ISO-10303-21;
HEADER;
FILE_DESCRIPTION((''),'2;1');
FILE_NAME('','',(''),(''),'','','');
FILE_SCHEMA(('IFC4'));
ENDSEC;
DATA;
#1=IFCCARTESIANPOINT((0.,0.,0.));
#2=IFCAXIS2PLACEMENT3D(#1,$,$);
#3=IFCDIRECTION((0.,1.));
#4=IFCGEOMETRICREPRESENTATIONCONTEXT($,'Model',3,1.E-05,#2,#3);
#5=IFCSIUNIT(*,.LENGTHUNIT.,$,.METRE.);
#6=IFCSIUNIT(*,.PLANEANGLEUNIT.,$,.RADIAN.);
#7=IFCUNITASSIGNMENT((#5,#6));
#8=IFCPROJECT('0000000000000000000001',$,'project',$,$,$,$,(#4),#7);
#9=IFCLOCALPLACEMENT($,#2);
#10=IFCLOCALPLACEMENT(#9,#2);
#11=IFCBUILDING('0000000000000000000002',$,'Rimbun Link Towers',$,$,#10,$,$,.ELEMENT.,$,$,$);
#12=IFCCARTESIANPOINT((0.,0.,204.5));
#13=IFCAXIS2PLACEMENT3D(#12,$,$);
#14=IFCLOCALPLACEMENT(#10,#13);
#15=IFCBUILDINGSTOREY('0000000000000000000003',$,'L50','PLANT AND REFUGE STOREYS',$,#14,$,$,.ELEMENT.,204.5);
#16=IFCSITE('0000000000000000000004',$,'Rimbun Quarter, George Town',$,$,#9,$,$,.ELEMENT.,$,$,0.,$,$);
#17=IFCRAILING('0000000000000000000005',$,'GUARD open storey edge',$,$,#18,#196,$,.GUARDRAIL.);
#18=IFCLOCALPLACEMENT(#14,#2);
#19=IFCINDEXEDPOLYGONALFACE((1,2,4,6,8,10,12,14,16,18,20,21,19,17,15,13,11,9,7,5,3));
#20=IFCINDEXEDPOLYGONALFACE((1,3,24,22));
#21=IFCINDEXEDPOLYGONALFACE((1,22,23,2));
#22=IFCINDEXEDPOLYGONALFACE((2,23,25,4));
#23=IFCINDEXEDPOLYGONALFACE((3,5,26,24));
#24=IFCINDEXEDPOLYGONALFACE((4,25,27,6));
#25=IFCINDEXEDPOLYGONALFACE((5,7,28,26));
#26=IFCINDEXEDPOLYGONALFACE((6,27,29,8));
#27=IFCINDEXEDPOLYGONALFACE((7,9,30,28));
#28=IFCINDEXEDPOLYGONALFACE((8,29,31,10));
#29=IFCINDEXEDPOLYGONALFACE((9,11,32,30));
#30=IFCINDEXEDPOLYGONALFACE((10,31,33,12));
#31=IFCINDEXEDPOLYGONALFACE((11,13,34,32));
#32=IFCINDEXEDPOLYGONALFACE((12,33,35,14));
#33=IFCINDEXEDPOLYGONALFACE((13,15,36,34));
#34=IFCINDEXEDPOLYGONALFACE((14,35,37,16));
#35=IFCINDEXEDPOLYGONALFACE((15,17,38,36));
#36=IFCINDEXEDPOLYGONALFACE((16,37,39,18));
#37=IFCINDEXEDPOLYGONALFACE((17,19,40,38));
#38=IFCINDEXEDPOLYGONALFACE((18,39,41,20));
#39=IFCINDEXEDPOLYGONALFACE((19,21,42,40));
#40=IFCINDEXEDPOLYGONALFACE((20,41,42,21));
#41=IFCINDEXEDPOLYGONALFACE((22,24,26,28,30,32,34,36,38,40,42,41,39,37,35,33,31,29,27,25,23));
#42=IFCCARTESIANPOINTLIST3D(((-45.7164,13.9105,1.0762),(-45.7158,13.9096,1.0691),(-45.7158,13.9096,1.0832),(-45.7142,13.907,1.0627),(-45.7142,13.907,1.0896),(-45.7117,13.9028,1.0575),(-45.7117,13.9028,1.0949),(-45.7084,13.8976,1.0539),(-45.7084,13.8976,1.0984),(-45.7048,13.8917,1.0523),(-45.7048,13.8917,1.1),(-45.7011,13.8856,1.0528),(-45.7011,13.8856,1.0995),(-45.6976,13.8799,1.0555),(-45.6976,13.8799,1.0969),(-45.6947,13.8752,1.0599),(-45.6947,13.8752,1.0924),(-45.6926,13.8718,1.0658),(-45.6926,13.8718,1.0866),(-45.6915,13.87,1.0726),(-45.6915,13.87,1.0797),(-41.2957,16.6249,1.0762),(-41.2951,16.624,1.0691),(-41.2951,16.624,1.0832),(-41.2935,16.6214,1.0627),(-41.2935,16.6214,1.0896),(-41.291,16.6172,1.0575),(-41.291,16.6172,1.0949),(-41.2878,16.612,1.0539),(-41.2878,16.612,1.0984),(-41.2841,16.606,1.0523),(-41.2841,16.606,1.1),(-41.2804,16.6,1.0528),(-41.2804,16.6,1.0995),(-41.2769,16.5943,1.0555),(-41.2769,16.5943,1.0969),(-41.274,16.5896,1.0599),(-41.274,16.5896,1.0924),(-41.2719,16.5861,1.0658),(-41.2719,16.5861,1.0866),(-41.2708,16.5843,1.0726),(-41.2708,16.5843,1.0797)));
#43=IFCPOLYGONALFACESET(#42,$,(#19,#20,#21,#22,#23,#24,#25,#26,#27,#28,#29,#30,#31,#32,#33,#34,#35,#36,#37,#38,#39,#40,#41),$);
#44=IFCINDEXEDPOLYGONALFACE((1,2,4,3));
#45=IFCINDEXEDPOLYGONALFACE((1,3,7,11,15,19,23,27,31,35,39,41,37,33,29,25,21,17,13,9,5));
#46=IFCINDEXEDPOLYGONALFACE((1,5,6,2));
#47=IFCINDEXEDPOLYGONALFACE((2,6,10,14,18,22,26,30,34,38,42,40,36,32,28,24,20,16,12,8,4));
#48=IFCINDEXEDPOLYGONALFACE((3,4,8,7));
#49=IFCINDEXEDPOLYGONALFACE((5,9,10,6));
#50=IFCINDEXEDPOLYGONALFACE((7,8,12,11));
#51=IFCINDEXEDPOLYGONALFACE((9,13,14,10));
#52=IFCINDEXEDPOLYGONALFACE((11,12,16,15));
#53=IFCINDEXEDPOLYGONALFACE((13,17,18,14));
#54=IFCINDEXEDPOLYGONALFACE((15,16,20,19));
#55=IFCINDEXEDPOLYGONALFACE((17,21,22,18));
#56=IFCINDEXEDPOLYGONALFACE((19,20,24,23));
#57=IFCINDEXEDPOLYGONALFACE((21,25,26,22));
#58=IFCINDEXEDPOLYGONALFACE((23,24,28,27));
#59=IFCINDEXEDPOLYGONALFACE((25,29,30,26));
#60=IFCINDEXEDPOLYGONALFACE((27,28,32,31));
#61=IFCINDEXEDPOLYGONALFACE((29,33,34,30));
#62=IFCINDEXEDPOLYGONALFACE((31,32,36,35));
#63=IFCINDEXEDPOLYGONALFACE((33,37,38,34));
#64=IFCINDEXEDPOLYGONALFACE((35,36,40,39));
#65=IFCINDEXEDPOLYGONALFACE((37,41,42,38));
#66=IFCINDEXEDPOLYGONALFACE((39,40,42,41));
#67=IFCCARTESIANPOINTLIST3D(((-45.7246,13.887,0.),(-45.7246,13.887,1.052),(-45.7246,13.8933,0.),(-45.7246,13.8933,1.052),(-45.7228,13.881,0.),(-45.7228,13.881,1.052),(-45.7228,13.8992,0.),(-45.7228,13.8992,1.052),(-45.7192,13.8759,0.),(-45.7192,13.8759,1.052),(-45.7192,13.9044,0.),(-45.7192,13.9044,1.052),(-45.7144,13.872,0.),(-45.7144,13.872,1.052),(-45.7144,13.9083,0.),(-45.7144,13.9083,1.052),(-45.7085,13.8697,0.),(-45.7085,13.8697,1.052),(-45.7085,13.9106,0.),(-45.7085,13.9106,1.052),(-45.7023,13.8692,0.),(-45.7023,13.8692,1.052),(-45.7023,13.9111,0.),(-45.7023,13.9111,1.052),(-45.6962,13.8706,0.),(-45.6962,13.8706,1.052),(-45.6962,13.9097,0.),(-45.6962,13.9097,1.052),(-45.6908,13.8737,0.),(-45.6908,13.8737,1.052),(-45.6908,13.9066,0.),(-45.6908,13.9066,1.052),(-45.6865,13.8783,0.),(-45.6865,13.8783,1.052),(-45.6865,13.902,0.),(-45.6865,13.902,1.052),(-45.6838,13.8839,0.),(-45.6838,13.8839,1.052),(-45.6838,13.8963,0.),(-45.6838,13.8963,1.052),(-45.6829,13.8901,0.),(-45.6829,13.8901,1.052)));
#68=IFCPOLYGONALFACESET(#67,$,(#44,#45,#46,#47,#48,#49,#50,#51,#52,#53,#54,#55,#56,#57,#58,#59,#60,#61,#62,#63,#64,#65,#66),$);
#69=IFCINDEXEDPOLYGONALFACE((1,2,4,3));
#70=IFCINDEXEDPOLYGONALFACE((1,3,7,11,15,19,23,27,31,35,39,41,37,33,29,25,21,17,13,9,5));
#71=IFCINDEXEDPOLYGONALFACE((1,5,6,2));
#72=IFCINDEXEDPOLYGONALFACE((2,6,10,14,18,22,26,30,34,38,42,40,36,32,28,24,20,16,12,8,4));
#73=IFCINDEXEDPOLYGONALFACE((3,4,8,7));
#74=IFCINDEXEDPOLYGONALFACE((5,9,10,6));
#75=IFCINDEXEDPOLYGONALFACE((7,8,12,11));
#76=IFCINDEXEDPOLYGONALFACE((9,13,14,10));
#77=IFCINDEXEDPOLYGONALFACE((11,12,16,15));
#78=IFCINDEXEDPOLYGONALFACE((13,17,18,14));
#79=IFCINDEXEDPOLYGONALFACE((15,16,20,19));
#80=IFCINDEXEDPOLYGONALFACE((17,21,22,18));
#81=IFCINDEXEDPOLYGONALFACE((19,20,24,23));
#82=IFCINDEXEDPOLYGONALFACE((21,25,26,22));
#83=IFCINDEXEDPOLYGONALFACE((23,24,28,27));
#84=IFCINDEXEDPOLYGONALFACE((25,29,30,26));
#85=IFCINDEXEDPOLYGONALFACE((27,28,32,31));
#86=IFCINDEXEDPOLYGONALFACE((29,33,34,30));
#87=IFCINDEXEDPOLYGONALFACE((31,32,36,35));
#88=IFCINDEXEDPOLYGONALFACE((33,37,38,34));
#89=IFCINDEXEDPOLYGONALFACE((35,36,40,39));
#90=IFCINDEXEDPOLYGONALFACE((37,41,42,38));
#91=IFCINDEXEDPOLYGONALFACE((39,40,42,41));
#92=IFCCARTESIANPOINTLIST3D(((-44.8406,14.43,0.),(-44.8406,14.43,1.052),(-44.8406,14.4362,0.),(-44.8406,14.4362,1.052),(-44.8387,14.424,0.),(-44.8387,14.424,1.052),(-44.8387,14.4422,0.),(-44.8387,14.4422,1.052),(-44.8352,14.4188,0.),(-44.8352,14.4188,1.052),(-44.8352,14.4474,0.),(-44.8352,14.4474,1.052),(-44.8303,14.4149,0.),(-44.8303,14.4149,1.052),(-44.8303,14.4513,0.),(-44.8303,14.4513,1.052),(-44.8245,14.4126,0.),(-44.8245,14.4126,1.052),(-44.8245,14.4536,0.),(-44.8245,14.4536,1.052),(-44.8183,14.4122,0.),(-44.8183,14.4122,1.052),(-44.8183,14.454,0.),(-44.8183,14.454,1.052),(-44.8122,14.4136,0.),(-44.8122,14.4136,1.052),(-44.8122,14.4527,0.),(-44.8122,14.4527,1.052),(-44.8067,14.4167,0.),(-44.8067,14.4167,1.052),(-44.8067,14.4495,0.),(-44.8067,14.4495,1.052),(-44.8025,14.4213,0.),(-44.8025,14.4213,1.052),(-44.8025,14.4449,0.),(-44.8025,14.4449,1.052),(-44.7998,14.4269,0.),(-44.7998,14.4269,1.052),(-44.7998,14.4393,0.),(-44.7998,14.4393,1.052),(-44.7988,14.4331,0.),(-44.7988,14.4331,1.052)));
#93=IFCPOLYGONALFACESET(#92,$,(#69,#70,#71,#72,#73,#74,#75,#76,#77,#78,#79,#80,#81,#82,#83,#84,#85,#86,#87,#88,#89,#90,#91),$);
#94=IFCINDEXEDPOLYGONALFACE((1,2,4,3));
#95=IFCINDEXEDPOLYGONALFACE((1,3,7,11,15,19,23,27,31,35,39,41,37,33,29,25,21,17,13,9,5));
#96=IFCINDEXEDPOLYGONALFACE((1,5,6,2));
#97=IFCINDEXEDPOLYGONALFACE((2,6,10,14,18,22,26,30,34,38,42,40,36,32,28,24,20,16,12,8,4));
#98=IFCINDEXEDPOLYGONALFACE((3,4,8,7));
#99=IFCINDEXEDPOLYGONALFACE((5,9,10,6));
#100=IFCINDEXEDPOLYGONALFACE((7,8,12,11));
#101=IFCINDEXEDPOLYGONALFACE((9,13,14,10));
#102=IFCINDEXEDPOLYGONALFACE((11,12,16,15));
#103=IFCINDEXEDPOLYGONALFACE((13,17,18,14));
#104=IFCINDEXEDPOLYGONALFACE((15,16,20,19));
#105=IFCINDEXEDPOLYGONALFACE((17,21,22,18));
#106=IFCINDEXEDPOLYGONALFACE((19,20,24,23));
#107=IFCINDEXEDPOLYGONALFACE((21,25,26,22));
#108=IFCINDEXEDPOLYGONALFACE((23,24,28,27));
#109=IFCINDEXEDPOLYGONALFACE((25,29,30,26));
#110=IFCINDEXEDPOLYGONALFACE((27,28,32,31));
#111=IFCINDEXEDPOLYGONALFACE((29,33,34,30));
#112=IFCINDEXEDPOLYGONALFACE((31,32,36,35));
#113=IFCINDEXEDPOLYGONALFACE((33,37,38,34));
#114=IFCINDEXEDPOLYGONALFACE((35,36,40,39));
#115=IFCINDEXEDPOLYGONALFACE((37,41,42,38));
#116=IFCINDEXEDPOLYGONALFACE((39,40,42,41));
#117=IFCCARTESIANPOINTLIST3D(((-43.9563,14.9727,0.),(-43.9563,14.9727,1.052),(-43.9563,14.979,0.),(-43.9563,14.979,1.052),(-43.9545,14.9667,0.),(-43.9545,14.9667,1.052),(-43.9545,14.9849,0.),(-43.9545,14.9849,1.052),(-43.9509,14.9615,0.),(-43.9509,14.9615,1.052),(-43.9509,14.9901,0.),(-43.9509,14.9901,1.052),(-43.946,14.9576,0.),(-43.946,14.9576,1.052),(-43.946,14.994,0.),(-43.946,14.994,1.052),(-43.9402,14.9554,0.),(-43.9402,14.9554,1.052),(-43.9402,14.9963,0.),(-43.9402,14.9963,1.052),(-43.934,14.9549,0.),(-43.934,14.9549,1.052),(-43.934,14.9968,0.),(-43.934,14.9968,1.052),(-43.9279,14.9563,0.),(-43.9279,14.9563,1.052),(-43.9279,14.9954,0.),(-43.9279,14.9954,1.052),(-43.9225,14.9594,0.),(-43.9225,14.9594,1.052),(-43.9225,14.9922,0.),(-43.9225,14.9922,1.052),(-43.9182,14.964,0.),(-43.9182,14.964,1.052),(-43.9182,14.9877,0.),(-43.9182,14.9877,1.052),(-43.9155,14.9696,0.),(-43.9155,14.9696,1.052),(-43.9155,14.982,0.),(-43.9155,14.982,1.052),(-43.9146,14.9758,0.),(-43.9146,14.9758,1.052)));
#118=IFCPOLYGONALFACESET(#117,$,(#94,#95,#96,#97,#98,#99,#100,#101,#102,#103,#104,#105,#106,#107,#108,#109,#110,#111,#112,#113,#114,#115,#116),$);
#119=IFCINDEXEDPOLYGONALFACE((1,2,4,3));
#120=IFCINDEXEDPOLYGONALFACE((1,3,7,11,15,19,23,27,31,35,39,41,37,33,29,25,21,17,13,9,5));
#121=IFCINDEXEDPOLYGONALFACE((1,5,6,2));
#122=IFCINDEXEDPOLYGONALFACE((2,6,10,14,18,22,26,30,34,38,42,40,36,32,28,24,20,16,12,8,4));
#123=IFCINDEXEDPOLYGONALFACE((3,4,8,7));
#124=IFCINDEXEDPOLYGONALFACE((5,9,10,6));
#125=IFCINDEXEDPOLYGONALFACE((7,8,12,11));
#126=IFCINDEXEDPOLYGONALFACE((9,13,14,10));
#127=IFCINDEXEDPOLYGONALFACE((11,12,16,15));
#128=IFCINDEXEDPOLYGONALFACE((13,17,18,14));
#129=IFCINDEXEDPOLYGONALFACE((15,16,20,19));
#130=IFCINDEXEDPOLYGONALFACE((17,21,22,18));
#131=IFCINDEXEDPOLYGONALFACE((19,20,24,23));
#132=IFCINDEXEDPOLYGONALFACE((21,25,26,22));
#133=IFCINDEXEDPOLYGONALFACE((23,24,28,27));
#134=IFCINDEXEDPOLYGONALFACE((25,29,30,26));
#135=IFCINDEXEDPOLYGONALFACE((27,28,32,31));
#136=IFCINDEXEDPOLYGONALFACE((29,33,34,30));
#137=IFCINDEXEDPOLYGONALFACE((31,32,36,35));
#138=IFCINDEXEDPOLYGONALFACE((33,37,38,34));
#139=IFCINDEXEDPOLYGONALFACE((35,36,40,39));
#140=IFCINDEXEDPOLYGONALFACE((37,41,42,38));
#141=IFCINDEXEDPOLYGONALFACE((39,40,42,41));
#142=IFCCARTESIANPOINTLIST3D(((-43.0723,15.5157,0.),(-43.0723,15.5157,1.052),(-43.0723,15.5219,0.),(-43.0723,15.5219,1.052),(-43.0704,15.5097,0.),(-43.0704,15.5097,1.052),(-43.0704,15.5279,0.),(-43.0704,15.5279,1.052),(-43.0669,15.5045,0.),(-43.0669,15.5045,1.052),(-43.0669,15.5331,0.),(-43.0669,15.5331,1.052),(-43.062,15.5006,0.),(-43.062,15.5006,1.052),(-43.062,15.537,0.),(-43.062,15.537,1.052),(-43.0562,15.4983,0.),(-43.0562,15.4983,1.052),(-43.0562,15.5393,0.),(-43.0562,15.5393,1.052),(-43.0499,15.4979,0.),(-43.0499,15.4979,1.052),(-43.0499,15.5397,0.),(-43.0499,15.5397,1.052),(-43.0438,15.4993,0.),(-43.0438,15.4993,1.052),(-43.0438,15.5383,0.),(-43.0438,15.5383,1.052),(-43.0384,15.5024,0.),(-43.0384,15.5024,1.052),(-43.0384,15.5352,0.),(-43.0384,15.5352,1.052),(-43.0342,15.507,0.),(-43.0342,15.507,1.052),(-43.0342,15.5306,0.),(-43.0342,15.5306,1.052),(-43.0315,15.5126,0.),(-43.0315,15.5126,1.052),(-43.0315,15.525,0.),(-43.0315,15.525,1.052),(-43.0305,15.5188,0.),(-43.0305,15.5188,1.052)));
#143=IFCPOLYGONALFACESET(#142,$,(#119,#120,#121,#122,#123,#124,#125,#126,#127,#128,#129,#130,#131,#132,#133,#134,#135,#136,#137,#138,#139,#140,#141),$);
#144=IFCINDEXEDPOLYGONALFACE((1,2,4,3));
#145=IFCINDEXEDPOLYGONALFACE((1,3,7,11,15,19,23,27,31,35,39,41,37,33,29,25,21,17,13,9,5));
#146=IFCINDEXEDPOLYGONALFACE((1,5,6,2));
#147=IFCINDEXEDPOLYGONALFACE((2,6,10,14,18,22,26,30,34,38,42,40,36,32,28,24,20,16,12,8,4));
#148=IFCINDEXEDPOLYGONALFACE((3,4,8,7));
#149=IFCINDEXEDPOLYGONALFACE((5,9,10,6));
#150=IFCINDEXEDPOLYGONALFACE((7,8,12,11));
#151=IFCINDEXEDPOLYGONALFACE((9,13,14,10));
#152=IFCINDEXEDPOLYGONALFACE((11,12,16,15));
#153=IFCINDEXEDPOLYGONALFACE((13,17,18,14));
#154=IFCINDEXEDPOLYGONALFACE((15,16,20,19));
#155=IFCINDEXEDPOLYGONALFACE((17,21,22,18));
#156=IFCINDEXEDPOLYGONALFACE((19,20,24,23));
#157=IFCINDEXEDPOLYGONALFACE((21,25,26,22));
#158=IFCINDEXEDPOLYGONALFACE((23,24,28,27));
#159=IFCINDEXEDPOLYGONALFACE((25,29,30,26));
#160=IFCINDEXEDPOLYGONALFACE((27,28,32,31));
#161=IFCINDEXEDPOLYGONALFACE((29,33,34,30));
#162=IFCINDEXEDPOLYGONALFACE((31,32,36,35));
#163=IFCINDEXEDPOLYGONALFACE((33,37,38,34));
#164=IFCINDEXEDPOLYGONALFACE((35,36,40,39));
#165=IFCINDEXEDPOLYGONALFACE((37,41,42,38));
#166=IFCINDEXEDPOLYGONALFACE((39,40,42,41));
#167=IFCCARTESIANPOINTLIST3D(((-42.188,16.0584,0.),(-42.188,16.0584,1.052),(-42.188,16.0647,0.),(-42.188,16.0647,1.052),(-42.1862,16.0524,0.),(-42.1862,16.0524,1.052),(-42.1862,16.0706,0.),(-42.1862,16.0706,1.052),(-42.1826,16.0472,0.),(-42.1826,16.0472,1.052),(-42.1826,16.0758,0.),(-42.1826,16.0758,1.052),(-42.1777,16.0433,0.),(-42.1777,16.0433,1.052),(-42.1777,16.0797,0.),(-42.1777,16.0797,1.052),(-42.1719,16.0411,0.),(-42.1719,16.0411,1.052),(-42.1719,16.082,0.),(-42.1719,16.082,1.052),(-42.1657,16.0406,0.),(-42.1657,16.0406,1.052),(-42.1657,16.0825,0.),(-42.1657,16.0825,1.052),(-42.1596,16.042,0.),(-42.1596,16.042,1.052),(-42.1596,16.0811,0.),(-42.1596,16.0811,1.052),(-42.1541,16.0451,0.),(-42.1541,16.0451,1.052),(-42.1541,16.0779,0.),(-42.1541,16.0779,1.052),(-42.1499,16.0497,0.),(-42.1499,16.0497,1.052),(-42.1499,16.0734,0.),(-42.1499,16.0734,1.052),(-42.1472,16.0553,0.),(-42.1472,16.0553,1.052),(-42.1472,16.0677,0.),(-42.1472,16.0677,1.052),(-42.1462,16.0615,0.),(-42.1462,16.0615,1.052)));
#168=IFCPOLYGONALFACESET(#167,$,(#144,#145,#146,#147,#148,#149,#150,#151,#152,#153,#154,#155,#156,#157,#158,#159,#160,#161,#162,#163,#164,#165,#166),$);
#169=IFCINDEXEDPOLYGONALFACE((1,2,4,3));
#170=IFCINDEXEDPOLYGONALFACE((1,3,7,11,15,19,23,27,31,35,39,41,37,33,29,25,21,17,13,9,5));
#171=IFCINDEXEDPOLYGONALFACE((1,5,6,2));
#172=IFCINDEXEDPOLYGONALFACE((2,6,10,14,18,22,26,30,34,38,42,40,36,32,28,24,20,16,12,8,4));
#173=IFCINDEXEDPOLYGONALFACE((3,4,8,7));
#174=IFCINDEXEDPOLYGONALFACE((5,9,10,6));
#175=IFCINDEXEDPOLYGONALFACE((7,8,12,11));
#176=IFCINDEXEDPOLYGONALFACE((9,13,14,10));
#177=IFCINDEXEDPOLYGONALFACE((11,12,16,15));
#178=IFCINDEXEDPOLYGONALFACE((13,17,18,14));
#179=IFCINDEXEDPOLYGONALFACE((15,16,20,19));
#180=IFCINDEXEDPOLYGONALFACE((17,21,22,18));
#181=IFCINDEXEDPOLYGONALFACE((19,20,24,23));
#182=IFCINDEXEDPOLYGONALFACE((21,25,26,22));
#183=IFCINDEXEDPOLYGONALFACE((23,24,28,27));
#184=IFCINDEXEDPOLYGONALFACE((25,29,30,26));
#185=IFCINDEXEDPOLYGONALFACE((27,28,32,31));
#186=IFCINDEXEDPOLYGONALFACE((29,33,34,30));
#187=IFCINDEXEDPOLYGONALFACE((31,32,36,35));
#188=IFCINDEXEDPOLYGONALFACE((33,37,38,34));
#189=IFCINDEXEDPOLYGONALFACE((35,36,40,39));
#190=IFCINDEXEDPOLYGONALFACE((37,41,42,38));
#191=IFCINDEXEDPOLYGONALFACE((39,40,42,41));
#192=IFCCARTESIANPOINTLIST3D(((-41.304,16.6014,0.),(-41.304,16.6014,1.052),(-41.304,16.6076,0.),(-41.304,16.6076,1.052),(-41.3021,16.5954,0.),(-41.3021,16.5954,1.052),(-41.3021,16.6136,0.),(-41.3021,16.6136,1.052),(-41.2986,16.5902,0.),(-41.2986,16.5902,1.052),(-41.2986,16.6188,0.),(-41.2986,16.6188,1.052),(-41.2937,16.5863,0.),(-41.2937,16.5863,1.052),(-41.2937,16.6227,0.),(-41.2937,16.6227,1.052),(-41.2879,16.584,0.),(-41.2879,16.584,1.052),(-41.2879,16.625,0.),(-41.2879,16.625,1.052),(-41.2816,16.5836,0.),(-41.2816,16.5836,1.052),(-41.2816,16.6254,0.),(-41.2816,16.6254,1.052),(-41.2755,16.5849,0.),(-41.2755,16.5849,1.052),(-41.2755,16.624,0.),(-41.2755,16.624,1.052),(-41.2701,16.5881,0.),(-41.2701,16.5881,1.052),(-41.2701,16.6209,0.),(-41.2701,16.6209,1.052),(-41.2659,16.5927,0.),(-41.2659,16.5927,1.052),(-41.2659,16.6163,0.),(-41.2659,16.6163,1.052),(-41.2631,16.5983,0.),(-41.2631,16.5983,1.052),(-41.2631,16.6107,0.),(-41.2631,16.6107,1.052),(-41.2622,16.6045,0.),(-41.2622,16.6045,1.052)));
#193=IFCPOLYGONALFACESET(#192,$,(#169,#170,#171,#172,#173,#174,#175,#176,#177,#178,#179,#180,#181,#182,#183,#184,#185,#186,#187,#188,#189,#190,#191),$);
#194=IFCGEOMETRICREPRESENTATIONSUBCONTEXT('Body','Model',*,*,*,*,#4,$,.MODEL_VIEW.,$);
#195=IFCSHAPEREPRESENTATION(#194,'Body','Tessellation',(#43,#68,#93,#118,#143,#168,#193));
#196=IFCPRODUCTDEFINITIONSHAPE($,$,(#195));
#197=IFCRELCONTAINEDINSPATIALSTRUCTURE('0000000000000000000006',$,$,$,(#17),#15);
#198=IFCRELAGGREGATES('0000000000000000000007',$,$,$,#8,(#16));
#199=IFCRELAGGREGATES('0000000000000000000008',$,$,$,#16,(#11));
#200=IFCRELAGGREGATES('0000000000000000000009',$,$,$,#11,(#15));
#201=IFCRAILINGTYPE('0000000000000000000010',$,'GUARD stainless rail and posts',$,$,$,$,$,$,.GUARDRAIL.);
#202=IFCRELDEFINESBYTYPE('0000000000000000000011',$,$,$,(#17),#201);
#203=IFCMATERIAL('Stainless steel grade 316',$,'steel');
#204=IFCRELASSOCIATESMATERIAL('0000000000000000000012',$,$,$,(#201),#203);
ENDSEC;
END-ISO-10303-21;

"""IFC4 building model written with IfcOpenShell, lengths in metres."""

from ifc_helpers import new_model, si_unit, direction, frame, origin, origin_2d, place, context, subcontext, project, spatial, circle, extrude, material, type_object, element, save


model = new_model("IFC4")

# Units and contexts
model_context = context("Model", 3, precision=1e-05, world=origin(), true_north=direction((0.0, 1.0)))
body_context = subcontext(model_context, "Body", "Model", "MODEL_VIEW")
ifc_project = project(units=[si_unit("LENGTHUNIT", "METRE"), si_unit("PLANEANGLEUNIT", "RADIAN")], contexts=[model_context])

# Site, building, storey
site_placement = place(None, origin())
site = spatial("IfcSite", under=ifc_project, at=site_placement, Name="Rimbun Quarter, George Town", CompositionType="ELEMENT", RefElevation=0.0)
building_placement = place(site_placement, origin())
building = spatial("IfcBuilding", under=site, at=building_placement, Name="Rimbun Link Towers", CompositionType="ELEMENT")
storey_placement = place(building_placement, frame((0.0, 0.0, 204.5)))
storey = spatial("IfcBuildingStorey", under=building, at=storey_placement, Name="L50", Description="PLANT AND REFUGE STOREYS", CompositionType="ELEMENT", Elevation=204.5)

# Railing
ifc_material_1 = material(Name="Stainless steel grade 316", Category="steel")
railing_type = type_object("IfcRailingType", Name="GUARD stainless rail and posts", PredefinedType="GUARDRAIL", material=ifc_material_1)
railing_1_placement = place(storey_placement, frame((-45.7039, 13.8901, 0.0)))
element("IfcRailing", 1, at=railing_1_placement, inside=storey, type_object=railing_type, Name="GUARD open storey edge", PredefinedType="GUARDRAIL", context=body_context, shape_type="SweptSolid", body=[
    extrude(circle(Radius=0.0239, at=origin_2d()), frame((0.0, 0.0, 1.0762), z_axis=(0.852178, 0.523252, 0.0), x_axis=(-0.523252, 0.852178, 0.0)), (0.0, 0.0, 1.0), 5.1875),
    extrude(circle(Radius=0.021, at=origin_2d()), origin(), (0.0, 0.0, 1.0), 1.052),
    extrude(circle(Radius=0.021, at=origin_2d()), frame((0.884, 0.543, 0.0)), (0.0, 0.0, 1.0), 1.052),
    extrude(circle(Radius=0.021, at=origin_2d()), frame((1.7683, 1.0857, 0.0)), (0.0, 0.0, 1.0), 1.052),
    extrude(circle(Radius=0.021, at=origin_2d()), frame((2.6523, 1.6287, 0.0)), (0.0, 0.0, 1.0), 1.052),
    extrude(circle(Radius=0.021, at=origin_2d()), frame((3.5366, 2.1714, 0.0)), (0.0, 0.0, 1.0), 1.052),
    extrude(circle(Radius=0.021, at=origin_2d()), frame((4.4207, 2.7144, 0.0)), (0.0, 0.0, 1.0), 1.052),
])

save(model, "model.ifc")
